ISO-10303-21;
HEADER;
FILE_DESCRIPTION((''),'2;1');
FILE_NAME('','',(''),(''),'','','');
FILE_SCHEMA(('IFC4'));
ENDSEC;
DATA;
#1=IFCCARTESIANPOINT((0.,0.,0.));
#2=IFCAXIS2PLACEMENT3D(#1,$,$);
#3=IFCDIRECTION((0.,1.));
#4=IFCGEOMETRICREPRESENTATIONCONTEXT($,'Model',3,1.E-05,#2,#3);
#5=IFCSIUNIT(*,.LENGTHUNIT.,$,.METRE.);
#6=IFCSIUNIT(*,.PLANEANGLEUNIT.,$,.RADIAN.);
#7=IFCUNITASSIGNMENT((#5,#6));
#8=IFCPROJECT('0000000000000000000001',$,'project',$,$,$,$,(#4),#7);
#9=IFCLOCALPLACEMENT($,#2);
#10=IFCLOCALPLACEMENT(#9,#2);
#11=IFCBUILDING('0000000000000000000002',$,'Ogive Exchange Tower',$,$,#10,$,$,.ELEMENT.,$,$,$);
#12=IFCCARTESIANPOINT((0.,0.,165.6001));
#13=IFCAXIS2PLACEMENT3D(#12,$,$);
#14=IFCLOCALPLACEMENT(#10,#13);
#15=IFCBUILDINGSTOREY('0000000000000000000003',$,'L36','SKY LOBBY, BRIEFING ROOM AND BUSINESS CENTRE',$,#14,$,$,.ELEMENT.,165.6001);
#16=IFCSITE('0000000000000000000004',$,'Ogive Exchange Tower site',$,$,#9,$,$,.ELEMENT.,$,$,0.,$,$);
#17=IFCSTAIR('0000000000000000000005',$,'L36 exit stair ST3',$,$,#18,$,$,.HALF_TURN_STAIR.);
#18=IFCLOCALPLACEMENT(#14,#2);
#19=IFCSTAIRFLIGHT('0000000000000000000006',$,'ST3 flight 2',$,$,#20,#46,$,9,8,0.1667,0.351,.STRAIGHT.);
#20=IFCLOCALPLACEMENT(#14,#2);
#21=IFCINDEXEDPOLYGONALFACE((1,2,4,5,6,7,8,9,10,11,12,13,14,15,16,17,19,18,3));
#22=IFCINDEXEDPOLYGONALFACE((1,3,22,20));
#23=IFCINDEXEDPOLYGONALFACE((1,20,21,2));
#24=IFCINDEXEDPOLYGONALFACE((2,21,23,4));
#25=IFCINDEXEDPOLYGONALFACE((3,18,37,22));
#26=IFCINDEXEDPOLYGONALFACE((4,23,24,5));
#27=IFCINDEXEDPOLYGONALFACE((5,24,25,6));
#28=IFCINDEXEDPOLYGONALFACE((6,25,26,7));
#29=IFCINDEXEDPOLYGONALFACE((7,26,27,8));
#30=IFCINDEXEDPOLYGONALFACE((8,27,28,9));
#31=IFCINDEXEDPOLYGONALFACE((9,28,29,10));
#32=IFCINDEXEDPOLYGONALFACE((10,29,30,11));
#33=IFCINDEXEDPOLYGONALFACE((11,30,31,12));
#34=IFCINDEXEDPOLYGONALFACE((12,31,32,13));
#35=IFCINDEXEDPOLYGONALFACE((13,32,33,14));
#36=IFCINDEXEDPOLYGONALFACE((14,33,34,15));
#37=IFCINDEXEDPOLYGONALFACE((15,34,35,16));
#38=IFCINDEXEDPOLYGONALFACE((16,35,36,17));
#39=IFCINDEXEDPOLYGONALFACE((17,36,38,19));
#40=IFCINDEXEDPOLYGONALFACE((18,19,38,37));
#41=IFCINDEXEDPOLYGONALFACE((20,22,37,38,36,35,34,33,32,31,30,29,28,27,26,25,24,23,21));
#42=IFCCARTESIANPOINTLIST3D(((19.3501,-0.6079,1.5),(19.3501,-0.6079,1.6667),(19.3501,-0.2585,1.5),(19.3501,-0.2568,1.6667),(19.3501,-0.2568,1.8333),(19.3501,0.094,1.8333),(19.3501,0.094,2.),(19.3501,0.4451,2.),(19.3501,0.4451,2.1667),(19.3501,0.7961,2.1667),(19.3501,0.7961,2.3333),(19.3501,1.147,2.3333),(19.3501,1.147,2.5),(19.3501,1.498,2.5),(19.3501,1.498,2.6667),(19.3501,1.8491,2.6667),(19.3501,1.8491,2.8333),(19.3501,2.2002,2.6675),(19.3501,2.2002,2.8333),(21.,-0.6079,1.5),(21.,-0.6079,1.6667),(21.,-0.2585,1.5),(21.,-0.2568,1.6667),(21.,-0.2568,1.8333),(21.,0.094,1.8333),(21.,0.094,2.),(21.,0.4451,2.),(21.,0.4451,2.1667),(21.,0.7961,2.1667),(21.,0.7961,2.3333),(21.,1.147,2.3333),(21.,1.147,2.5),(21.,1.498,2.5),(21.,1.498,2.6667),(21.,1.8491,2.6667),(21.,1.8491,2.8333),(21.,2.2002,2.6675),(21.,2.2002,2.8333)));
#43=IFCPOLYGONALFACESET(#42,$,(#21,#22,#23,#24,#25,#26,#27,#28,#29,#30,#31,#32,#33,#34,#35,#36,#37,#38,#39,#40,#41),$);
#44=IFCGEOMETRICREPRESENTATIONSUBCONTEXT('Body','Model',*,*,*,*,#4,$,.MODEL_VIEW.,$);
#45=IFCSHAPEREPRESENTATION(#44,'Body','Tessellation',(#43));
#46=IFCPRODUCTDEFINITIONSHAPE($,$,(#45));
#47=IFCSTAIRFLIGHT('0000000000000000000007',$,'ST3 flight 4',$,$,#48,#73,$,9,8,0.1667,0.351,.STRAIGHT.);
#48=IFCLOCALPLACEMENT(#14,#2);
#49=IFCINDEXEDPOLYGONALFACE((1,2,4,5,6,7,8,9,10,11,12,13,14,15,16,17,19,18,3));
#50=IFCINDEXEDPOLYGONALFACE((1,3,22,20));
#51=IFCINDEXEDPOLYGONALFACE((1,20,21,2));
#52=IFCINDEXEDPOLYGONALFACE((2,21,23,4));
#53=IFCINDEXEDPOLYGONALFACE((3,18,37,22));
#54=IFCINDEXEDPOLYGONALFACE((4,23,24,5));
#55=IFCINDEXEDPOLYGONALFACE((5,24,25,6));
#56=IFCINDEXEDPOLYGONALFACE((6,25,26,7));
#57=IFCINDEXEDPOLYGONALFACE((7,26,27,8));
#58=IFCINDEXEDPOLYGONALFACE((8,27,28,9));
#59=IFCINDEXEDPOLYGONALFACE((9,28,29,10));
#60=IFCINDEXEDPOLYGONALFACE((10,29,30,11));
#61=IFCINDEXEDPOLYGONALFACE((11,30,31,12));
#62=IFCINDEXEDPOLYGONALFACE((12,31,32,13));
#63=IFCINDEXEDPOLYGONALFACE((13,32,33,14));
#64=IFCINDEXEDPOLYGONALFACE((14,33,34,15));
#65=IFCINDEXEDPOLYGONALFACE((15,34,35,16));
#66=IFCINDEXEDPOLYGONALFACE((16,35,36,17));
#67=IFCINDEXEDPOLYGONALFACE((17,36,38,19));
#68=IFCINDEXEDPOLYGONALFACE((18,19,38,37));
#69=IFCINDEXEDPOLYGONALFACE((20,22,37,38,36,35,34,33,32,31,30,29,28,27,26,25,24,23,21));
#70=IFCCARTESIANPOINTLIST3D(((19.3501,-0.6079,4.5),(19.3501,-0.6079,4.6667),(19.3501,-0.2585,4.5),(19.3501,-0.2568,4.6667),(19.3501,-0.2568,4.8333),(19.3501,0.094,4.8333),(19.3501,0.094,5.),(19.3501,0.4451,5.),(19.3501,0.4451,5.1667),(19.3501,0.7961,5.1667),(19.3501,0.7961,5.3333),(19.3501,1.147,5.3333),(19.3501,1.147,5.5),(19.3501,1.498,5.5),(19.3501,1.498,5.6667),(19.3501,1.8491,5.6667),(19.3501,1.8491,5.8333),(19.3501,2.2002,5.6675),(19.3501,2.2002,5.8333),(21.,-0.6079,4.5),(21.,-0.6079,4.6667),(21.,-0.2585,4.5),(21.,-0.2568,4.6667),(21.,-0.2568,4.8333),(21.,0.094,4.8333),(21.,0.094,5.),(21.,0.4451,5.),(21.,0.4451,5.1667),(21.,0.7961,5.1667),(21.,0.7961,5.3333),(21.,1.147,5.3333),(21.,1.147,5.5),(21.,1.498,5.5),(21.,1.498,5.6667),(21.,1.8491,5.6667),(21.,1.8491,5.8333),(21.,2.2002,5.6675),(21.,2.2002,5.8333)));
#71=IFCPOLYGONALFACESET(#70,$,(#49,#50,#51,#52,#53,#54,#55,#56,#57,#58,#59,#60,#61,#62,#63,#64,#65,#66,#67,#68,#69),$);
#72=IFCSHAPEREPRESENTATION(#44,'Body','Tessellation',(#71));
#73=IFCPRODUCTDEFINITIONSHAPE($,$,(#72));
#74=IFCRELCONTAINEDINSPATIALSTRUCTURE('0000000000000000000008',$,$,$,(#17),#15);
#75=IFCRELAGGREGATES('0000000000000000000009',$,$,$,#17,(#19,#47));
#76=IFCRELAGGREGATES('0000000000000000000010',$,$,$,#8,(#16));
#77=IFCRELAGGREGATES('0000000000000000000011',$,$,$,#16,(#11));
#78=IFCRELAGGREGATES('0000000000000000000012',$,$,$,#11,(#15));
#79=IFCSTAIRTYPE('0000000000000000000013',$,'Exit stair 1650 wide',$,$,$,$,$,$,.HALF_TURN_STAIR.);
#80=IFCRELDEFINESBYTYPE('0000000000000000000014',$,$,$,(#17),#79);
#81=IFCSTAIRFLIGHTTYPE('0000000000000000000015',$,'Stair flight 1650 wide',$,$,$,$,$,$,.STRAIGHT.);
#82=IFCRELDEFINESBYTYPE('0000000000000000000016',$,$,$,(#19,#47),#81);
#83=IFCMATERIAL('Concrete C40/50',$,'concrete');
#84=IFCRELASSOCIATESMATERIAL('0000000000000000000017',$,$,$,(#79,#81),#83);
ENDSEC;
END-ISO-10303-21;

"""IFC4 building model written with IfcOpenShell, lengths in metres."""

from ifc_helpers import new_model, si_unit, direction, frame, origin, place, context, subcontext, project, spatial, polyline, outline, extrude, material, type_object, element, aggregate, save


model = new_model("IFC4")

# Units and contexts
model_context = context("Model", 3, precision=1e-05, world=origin(), true_north=direction((0.0, 1.0)))
body_context = subcontext(model_context, "Body", "Model", "MODEL_VIEW")
ifc_project = project(units=[si_unit("LENGTHUNIT", "METRE"), si_unit("PLANEANGLEUNIT", "RADIAN")], contexts=[model_context])

# Site, building, storey
site_placement = place(None, origin())
site = spatial("IfcSite", under=ifc_project, at=site_placement, Name="Ogive Exchange Tower site", CompositionType="ELEMENT", RefElevation=0.0)
building_placement = place(site_placement, origin())
building = spatial("IfcBuilding", under=site, at=building_placement, Name="Ogive Exchange Tower", CompositionType="ELEMENT")
storey_placement = place(building_placement, frame((0.0, 0.0, 165.6001)))
storey = spatial("IfcBuildingStorey", under=building, at=storey_placement, Name="L36", Description="SKY LOBBY, BRIEFING ROOM AND BUSINESS CENTRE", CompositionType="ELEMENT", Elevation=165.6001)

# Stair, stair flights
ifc_material_1 = material(Name="Concrete C40/50", Category="concrete")
stair_type = type_object("IfcStairType", Name="Exit stair 1650 wide", PredefinedType="HALF_TURN_STAIR", material=ifc_material_1)
stair_placement = place(storey_placement, origin())
stair = element("IfcStair", 1, at=stair_placement, inside=storey, type_object=stair_type, Name="L36 exit stair ST3", PredefinedType="HALF_TURN_STAIR")
stair_flight_type = type_object("IfcStairFlightType", Name="Stair flight 1650 wide", PredefinedType="STRAIGHT", material=ifc_material_1)
stair_flight_1_placement = place(storey_placement, frame((20.175, -0.6079, 1.5), z_axis=(0.0, 0.0, 1.0), x_axis=(0.0, 1.0, 0.0)))
stair_flight_1 = element("IfcStairFlight", 2, at=stair_flight_1_placement, type_object=stair_flight_type, Name="ST3 flight 2", NumberOfRisers=9, NumberOfTreads=8, PredefinedType="STRAIGHT", RiserHeight=0.1667, TreadLength=0.351, context=body_context, shape_type="SweptSolid", body=[
    extrude(outline(polyline([(0.0, 0.0), (0.0, 0.1667), (0.3511, 0.1667), (0.3511, 0.3333), (0.7019, 0.3333), (0.7019, 0.5), (1.053, 0.5), (1.053, 0.6667), (1.4041, 0.6667), (1.4041, 0.8333), (1.7549, 0.8333), (1.7549, 1.0), (2.106, 1.0), (2.106, 1.1667), (2.457, 1.1667), (2.457, 1.3333), (2.8081, 1.3333), (2.8081, 1.5), (2.8081, 1.1675), (0.3494, 0.0), (0.0, 0.0)])), frame((0.0, 0.825, 0.0), z_axis=(0.0, -1.0, 0.0), x_axis=(1.0, 0.0, 0.0)), (0.0, 0.0, 1.0), 1.6499),
])
stair_flight_2_placement = place(storey_placement, frame((20.175, -0.6079, 4.5), z_axis=(0.0, 0.0, 1.0), x_axis=(0.0, 1.0, 0.0)))
stair_flight_2 = element("IfcStairFlight", 3, at=stair_flight_2_placement, type_object=stair_flight_type, Name="ST3 flight 4", NumberOfRisers=9, NumberOfTreads=8, PredefinedType="STRAIGHT", RiserHeight=0.1667, TreadLength=0.351, context=body_context, shape_type="SweptSolid", body=[
    extrude(outline(polyline([(0.0, 0.0), (0.0, 0.1667), (0.3511, 0.1667), (0.3511, 0.3333), (0.7019, 0.3333), (0.7019, 0.5), (1.053, 0.5), (1.053, 0.6667), (1.4041, 0.6667), (1.4041, 0.8333), (1.7549, 0.8333), (1.7549, 1.0), (2.106, 1.0), (2.106, 1.1667), (2.457, 1.1667), (2.457, 1.3333), (2.8081, 1.3333), (2.8081, 1.5), (2.8081, 1.1675), (0.3494, 0.0), (0.0, 0.0)])), frame((0.0, 0.825, 0.0), z_axis=(0.0, -1.0, 0.0), x_axis=(1.0, 0.0, 0.0)), (0.0, 0.0, 1.0), 1.6499),
])
aggregate(stair, [stair_flight_1, stair_flight_2])

save(model, "model.ifc")
